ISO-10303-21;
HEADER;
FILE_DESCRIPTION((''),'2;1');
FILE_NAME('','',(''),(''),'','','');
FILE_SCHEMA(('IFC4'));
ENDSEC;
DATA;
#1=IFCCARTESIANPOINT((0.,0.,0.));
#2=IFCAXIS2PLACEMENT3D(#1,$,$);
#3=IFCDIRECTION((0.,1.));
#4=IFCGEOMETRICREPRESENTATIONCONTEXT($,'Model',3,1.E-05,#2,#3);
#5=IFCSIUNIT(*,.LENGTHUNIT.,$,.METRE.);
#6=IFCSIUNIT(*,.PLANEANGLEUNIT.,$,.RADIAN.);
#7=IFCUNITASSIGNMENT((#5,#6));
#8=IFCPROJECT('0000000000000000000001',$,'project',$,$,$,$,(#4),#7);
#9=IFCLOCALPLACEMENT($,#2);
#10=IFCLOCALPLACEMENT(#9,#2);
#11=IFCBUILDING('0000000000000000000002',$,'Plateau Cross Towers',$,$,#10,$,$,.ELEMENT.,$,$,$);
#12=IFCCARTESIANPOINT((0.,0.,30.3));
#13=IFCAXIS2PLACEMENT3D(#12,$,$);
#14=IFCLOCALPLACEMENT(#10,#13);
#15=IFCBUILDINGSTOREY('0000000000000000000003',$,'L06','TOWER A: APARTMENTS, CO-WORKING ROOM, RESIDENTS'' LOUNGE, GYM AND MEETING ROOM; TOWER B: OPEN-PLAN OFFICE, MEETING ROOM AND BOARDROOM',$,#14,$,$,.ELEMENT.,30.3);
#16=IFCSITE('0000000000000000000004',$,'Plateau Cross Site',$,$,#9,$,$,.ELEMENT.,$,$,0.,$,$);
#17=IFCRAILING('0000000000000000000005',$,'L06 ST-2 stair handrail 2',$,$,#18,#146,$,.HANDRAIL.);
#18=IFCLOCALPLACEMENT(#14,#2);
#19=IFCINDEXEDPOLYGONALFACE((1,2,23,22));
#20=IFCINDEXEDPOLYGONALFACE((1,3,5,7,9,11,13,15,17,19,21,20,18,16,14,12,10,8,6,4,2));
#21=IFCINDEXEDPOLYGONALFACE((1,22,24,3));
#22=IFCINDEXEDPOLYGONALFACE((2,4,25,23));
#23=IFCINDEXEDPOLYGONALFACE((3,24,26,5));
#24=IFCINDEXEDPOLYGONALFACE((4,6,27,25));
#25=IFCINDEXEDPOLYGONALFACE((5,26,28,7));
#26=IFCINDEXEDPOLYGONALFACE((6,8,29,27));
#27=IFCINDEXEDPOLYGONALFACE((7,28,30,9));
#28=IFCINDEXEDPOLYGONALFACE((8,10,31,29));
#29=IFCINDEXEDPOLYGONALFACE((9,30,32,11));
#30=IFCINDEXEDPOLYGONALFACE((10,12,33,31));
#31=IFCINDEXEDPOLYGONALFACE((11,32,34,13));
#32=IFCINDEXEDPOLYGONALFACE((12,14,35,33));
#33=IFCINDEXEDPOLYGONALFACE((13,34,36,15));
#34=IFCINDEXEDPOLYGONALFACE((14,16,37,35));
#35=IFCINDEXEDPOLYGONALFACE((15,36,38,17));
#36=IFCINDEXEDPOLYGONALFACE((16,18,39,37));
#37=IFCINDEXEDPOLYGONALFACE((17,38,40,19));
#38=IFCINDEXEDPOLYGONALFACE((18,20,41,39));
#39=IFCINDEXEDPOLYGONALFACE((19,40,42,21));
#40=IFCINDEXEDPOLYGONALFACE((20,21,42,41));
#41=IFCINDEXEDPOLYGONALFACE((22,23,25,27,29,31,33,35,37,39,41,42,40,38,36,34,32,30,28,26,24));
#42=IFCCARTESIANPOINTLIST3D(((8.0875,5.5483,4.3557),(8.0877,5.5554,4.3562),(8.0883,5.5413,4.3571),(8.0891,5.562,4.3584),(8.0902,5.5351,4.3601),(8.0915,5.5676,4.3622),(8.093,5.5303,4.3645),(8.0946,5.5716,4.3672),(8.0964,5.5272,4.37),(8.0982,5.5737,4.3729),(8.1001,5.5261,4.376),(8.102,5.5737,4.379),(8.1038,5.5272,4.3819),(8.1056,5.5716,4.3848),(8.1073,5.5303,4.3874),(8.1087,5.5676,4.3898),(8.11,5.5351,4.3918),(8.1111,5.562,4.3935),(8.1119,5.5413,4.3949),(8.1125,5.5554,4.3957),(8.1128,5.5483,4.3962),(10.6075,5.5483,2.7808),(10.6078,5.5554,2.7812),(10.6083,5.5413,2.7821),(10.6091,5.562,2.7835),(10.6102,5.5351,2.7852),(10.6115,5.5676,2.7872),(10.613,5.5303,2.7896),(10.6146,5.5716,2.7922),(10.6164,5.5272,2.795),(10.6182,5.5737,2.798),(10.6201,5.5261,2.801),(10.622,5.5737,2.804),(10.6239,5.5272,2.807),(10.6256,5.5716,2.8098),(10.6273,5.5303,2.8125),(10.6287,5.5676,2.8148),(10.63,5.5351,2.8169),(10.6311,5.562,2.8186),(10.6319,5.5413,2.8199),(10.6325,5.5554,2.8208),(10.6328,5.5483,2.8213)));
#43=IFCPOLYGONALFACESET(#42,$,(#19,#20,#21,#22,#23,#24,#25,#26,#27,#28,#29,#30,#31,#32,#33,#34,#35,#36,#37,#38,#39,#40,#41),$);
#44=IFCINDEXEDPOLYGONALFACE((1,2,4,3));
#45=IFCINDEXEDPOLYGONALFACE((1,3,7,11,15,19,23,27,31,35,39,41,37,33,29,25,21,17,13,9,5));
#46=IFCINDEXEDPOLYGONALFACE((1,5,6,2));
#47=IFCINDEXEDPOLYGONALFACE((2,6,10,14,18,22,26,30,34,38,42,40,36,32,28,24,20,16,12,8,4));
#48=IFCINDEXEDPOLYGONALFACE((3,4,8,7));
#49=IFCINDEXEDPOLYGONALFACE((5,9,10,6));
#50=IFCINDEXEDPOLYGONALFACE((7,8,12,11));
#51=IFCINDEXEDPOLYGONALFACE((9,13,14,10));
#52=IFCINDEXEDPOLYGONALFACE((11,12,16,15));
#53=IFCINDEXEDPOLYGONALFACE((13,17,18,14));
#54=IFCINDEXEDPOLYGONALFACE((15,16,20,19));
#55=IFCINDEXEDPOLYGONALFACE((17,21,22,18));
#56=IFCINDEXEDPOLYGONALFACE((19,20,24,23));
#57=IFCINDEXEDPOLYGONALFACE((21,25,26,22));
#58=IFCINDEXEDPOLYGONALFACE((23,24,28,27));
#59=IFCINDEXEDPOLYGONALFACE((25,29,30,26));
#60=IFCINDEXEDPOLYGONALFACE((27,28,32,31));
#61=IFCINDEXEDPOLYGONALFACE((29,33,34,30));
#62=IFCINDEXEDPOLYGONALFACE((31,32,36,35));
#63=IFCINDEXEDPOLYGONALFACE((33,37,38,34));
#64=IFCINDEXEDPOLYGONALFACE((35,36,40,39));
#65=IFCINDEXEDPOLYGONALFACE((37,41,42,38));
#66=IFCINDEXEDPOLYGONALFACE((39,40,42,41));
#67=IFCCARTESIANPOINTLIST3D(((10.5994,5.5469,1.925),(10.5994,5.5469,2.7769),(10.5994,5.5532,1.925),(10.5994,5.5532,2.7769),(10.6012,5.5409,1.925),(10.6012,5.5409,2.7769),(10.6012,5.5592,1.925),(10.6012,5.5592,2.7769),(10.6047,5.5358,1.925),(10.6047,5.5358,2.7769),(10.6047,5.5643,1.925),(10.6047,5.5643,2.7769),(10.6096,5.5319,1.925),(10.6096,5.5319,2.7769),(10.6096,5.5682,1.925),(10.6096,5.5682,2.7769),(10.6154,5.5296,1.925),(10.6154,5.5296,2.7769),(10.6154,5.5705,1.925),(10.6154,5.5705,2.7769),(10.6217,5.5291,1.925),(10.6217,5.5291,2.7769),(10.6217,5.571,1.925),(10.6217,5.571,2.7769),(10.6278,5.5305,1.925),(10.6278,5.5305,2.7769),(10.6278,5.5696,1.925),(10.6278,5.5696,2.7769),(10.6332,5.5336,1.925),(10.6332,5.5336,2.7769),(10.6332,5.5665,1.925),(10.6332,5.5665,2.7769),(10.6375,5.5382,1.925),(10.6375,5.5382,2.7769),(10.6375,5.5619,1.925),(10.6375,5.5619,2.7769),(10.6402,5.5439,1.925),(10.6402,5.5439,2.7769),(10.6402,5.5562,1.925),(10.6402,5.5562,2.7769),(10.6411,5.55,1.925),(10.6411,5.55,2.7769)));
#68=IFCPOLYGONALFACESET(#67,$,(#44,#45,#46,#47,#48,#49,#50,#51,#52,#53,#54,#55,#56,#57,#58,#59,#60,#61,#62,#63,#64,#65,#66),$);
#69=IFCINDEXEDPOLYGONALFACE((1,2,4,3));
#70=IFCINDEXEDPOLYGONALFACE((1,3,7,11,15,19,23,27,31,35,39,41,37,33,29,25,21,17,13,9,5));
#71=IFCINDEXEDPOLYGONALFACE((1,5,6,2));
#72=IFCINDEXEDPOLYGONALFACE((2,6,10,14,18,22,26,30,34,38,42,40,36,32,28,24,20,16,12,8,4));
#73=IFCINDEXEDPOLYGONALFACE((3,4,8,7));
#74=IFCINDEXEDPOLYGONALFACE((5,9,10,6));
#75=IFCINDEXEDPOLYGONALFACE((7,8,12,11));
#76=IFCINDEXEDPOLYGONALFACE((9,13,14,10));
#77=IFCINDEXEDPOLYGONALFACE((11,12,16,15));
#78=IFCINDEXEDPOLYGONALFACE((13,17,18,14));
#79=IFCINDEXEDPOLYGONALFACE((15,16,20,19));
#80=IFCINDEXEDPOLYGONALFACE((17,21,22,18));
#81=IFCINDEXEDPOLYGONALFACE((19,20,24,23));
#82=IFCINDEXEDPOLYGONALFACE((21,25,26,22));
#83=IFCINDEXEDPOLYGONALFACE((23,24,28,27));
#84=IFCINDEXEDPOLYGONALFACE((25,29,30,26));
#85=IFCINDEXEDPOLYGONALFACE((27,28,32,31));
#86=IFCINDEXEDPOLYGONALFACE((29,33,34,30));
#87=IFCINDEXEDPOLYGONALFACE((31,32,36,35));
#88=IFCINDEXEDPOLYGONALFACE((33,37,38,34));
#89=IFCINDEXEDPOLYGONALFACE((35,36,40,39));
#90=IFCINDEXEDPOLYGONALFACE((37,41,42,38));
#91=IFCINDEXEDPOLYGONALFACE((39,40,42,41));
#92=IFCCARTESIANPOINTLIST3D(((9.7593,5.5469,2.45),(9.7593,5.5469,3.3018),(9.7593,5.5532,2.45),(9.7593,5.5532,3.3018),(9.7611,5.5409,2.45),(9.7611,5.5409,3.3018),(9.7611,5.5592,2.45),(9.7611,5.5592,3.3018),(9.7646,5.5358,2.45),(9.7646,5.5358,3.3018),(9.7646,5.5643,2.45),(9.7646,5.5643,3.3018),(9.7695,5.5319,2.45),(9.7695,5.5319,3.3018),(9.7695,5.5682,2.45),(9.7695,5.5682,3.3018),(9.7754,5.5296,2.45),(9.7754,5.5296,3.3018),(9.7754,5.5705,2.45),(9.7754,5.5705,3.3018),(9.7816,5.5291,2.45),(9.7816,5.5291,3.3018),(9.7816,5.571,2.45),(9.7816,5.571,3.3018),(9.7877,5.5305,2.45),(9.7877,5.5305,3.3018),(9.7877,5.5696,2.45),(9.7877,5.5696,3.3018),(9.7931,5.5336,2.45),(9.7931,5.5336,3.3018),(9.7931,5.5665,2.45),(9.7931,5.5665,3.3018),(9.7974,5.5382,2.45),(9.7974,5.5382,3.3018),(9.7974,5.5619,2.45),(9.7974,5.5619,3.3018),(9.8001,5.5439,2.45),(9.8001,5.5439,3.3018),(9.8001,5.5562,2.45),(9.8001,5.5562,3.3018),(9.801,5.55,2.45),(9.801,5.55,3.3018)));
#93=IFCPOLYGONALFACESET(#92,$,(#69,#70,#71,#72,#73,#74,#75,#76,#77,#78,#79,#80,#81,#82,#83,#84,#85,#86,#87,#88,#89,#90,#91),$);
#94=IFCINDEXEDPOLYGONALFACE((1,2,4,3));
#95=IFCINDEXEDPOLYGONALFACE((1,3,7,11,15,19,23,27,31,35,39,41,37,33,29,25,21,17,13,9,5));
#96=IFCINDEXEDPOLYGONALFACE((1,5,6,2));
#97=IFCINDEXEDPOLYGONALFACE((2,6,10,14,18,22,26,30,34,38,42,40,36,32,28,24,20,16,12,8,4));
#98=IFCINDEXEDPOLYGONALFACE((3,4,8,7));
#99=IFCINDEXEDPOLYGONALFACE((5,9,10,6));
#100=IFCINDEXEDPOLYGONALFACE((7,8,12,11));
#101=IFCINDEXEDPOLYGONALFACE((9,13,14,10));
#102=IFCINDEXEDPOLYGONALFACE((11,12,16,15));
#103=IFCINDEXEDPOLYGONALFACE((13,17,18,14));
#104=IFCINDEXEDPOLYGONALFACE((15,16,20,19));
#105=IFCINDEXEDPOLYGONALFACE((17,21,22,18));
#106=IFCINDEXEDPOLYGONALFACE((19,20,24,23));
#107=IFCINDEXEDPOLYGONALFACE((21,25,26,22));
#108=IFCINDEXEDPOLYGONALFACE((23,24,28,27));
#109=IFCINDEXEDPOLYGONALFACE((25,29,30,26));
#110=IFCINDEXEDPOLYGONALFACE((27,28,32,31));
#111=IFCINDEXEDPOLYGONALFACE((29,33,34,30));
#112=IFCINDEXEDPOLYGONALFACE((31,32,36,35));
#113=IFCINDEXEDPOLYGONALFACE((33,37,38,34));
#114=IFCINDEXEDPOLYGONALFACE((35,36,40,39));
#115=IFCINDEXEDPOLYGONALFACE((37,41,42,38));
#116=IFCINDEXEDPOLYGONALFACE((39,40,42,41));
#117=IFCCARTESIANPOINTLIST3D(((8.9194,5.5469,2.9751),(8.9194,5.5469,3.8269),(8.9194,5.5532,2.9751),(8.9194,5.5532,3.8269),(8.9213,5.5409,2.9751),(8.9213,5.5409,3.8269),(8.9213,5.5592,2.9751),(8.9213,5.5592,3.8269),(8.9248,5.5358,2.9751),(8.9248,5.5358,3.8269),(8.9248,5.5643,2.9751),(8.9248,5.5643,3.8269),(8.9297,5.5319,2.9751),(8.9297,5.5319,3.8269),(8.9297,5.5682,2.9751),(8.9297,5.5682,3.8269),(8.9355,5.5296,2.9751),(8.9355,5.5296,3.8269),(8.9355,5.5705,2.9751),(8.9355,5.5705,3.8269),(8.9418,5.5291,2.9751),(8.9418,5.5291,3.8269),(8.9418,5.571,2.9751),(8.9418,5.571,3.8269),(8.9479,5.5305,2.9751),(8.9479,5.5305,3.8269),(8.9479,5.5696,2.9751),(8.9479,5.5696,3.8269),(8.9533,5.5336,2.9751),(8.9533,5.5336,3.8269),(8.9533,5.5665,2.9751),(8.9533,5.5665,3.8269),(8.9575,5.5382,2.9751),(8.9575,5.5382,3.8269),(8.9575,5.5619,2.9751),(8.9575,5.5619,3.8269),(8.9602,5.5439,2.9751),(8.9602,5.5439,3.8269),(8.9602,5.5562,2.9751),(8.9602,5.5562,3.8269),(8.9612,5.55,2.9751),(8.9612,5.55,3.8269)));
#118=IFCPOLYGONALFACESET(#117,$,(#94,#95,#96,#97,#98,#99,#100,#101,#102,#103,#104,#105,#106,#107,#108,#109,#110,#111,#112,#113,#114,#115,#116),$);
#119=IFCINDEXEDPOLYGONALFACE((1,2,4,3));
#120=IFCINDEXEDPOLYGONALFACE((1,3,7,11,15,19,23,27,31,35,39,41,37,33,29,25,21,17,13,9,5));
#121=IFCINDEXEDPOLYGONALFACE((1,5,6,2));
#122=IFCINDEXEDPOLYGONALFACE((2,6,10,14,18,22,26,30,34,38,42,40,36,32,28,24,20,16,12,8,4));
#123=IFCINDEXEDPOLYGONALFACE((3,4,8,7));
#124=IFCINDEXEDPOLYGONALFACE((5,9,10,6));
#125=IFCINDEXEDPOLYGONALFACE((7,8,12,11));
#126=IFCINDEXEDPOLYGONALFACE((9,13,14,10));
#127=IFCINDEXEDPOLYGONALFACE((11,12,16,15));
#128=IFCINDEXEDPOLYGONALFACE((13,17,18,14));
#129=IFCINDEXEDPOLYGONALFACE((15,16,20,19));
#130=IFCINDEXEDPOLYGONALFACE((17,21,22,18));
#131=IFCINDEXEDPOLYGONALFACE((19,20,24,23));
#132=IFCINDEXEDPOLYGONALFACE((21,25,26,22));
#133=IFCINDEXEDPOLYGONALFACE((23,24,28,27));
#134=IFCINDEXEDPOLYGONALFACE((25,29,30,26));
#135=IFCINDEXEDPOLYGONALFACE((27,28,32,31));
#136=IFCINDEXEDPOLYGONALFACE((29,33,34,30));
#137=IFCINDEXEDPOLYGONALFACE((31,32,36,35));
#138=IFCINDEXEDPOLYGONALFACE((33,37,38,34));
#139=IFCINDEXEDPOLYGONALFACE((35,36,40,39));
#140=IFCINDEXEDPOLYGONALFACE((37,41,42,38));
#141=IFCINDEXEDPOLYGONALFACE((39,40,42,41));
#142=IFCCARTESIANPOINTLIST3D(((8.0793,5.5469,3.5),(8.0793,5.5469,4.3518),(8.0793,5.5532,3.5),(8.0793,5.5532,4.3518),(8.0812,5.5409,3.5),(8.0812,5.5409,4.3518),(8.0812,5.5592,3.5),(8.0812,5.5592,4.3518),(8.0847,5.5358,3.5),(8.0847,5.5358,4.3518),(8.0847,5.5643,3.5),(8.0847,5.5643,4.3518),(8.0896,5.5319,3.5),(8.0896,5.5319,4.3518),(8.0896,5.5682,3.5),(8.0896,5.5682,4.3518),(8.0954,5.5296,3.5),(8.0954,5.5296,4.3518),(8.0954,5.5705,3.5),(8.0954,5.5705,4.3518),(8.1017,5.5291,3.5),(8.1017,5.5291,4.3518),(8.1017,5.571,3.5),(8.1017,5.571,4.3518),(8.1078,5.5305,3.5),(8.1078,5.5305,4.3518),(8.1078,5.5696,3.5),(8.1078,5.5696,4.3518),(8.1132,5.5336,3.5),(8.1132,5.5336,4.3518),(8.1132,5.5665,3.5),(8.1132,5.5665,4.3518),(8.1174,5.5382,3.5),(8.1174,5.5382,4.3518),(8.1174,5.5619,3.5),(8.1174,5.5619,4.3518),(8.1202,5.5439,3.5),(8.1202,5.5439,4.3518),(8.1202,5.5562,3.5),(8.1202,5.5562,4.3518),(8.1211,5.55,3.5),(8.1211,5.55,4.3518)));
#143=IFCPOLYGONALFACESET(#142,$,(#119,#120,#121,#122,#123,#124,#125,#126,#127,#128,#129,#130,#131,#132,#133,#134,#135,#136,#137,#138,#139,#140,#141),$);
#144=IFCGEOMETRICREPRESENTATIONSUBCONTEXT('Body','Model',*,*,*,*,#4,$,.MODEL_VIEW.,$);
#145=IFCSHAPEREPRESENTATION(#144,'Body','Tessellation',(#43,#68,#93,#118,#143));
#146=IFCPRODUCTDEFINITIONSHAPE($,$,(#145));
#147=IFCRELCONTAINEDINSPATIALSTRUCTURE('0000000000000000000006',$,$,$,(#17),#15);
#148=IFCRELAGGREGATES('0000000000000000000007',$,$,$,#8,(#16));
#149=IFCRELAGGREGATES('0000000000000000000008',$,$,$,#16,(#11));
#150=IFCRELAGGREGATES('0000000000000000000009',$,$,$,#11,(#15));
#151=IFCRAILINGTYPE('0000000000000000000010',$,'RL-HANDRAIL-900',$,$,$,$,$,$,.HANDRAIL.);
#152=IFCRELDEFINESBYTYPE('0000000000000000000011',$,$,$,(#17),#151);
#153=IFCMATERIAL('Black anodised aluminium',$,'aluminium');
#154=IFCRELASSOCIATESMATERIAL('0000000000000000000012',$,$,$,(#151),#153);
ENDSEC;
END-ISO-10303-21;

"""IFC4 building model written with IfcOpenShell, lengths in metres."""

from ifc_helpers import new_model, si_unit, direction, frame, origin, origin_2d, place, context, subcontext, project, spatial, circle, extrude, material, type_object, element, save


model = new_model("IFC4")

# Units and contexts
model_context = context("Model", 3, precision=1e-05, world=origin(), true_north=direction((0.0, 1.0)))
body_context = subcontext(model_context, "Body", "Model", "MODEL_VIEW")
ifc_project = project(units=[si_unit("LENGTHUNIT", "METRE"), si_unit("PLANEANGLEUNIT", "RADIAN")], contexts=[model_context])

# Site, building, storey
site_placement = place(None, origin())
site = spatial("IfcSite", under=ifc_project, at=site_placement, Name="Plateau Cross Site", CompositionType="ELEMENT", RefElevation=0.0)
building_placement = place(site_placement, origin())
building = spatial("IfcBuilding", under=site, at=building_placement, Name="Plateau Cross Towers", CompositionType="ELEMENT")
storey_placement = place(building_placement, frame((0.0, 0.0, 30.3)))
storey = spatial("IfcBuildingStorey", under=building, at=storey_placement, Name="L06", Description="TOWER A: APARTMENTS, CO-WORKING ROOM, RESIDENTS' LOUNGE, GYM AND MEETING ROOM; TOWER B: OPEN-PLAN OFFICE, MEETING ROOM AND BOARDROOM", CompositionType="ELEMENT", Elevation=30.3)

# Shared definitions
ifc_material_1 = material(Name="Black anodised aluminium", Category="aluminium")

# Railing
railing_type_1 = type_object("IfcRailingType", Name="RL-HANDRAIL-900", PredefinedType="HANDRAIL", material=ifc_material_1)
railing_1_placement = place(storey_placement, frame((10.6201, 5.55, 1.925)))
element("IfcRailing", 1, at=railing_1_placement, inside=storey, type_object=railing_type_1, Name="L06 ST-2 stair handrail 2", PredefinedType="HANDRAIL", context=body_context, shape_type="SweptSolid", body=[
    extrude(circle(Radius=0.0239, at=origin_2d()), frame((0.0, 0.0, 0.876), z_axis=(-0.848008, 0.0, 0.529984), x_axis=(0.0, -1.0, 0.0)), (0.0, 0.0, 1.0), 2.9717),
    extrude(circle(Radius=0.021, at=origin_2d()), origin(), (0.0, 0.0, 1.0), 0.8518),
    extrude(circle(Radius=0.021, at=origin_2d()), frame((-0.8401, 0.0, 0.5249)), (0.0, 0.0, 1.0), 0.8518),
    extrude(circle(Radius=0.021, at=origin_2d()), frame((-1.6799, 0.0, 1.05)), (0.0, 0.0, 1.0), 0.8518),
    extrude(circle(Radius=0.021, at=origin_2d()), frame((-2.52, 0.0, 1.575)), (0.0, 0.0, 1.0), 0.8518),
])

save(model, "model.ifc")
